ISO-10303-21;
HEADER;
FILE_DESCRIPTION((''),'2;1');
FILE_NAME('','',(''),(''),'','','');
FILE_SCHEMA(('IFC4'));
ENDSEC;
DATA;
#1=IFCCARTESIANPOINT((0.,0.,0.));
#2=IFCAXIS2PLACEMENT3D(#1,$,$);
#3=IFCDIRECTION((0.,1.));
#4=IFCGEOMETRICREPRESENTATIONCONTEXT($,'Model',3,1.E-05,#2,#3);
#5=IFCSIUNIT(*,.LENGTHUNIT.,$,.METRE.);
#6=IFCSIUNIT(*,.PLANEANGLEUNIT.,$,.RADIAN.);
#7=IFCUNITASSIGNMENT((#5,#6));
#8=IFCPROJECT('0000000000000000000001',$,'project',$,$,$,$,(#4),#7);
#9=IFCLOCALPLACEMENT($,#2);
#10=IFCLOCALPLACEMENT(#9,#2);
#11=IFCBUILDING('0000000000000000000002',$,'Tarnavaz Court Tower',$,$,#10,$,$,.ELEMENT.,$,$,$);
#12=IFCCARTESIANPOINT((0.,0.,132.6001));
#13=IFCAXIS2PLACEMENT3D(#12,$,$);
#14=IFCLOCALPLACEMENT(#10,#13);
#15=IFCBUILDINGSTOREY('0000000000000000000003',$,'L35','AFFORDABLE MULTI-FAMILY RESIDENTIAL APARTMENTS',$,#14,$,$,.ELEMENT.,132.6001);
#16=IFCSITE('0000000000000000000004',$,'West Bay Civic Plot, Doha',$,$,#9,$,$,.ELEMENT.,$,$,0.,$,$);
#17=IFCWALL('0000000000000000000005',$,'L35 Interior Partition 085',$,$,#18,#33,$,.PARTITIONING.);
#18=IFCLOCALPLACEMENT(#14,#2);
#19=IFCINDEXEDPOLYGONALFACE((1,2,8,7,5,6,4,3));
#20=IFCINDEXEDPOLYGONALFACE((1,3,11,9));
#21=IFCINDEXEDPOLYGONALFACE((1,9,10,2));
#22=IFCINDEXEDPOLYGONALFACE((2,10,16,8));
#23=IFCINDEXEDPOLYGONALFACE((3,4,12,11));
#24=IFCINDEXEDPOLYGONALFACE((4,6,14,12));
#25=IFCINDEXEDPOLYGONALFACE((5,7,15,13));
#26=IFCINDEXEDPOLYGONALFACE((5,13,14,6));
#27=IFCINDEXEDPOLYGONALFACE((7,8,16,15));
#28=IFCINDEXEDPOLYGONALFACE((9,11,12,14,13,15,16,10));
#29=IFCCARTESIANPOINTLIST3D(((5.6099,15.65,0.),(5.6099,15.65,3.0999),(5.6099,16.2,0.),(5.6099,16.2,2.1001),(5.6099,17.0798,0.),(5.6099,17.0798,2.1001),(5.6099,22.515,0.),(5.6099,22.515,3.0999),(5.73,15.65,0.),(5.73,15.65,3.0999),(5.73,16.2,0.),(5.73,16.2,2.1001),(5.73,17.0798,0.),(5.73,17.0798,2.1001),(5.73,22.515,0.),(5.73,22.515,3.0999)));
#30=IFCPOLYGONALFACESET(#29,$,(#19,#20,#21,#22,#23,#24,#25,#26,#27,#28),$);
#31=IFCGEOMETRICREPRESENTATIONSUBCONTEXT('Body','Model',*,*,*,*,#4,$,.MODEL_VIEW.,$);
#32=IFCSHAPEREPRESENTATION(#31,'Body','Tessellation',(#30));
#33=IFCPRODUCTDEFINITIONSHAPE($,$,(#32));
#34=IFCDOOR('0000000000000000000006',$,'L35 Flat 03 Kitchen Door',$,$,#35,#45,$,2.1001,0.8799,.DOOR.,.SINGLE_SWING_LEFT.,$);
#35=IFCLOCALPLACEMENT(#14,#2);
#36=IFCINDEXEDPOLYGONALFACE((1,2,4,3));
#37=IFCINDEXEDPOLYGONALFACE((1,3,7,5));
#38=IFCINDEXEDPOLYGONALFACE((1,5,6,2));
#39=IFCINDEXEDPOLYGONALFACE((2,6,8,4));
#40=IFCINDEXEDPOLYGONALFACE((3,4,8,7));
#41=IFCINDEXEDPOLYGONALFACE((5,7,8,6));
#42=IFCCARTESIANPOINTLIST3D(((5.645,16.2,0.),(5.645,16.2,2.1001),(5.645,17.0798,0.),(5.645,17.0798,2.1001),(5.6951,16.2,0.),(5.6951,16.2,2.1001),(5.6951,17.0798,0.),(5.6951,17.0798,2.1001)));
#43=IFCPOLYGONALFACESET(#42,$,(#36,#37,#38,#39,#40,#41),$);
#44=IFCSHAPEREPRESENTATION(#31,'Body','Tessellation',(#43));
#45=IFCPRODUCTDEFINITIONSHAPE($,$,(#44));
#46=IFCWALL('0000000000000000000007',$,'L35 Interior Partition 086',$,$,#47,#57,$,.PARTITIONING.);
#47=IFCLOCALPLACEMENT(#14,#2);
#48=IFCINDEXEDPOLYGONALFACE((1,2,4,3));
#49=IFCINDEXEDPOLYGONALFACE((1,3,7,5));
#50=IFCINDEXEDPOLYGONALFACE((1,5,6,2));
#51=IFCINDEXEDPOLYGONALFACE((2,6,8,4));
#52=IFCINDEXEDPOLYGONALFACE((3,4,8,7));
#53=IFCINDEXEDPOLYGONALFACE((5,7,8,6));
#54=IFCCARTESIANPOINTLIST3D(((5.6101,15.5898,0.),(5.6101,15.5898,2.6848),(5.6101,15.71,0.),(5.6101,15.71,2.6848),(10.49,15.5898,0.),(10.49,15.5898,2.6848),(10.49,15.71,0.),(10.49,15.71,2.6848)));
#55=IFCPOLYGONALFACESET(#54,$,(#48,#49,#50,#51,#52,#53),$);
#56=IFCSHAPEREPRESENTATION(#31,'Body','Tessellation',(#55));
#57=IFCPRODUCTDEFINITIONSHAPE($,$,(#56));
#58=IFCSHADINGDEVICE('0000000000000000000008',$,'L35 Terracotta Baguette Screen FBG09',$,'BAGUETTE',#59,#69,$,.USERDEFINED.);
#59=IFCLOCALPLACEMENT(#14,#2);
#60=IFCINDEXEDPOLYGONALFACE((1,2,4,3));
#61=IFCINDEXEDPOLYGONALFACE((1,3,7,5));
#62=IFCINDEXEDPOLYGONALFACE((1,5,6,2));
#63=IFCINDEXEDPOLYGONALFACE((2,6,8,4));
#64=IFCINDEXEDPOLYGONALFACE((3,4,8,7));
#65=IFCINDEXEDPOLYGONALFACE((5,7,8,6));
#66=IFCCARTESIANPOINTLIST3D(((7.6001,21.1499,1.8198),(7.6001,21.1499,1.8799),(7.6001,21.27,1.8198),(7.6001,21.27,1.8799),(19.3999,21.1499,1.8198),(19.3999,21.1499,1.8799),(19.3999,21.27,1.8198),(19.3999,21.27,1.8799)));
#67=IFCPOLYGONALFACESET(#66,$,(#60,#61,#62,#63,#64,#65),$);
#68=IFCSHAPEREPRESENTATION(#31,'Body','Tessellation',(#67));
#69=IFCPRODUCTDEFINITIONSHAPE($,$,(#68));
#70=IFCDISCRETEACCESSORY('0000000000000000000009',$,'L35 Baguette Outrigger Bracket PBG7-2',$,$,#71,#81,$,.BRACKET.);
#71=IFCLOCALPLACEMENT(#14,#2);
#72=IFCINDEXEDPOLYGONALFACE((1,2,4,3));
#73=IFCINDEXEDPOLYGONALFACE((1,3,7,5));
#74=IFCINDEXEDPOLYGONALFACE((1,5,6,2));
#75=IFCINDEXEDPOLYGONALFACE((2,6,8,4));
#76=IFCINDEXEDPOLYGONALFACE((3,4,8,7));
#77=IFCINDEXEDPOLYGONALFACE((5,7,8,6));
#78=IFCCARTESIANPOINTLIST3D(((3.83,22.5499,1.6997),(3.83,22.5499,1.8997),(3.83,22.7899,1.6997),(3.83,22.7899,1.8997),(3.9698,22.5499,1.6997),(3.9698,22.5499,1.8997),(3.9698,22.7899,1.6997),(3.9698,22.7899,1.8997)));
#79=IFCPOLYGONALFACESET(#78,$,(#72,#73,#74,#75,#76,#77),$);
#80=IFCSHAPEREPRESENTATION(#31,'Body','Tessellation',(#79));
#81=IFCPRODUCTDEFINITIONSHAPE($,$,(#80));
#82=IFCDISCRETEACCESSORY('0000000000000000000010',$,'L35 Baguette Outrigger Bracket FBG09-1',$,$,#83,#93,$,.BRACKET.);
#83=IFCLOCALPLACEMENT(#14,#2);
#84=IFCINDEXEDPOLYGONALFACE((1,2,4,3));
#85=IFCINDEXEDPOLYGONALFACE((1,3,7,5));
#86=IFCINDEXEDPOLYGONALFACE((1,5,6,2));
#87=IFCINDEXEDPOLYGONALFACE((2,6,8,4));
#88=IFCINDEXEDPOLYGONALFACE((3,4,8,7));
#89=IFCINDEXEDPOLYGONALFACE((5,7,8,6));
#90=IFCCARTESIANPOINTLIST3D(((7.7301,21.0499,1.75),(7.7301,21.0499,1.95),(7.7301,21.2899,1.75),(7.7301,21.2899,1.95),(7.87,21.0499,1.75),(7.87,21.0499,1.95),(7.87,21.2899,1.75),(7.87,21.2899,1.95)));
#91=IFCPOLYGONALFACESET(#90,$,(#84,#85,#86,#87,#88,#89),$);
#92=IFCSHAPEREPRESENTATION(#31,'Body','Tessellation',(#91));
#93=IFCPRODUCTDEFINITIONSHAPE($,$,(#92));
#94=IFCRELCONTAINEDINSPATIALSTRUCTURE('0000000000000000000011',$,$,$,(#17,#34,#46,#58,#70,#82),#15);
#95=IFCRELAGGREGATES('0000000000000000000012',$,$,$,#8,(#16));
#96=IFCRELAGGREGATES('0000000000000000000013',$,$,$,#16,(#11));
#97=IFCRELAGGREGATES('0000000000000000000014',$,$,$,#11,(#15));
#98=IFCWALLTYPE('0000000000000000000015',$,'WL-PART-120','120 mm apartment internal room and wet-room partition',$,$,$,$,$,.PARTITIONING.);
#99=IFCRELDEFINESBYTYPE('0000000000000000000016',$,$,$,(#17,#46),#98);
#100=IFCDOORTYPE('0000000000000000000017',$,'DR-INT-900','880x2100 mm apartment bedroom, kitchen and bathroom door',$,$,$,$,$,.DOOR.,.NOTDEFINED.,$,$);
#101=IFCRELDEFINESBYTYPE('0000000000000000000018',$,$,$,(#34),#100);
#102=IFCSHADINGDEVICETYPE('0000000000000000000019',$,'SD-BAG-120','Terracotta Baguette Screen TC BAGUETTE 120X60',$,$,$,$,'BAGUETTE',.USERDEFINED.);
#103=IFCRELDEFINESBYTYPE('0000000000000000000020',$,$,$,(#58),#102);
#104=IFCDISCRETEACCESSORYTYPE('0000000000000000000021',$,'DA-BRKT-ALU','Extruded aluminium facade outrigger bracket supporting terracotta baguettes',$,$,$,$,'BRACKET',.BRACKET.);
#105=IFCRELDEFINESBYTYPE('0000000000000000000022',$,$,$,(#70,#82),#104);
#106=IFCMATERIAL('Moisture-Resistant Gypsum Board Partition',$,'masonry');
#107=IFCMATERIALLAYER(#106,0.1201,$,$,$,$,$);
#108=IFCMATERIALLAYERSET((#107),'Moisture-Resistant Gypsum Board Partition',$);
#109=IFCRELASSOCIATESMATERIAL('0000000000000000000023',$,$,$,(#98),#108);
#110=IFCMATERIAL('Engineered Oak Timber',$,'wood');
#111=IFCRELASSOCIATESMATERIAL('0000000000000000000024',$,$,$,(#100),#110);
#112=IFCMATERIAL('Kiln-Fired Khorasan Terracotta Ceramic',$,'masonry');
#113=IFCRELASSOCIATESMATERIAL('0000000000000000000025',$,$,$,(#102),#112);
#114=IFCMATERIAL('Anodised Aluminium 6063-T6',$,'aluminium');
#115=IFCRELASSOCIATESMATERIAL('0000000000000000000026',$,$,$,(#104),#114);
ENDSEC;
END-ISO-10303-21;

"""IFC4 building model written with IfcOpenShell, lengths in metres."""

from ifc_helpers import new_model, si_unit, direction, frame, frame_2d, origin, origin_2d, place, context, subcontext, project, spatial, rectangle, extrude, material, layer, layer_set, material_profile, profile_set, type_object, element, fill, save


model = new_model("IFC4")

# Units and contexts
model_context = context("Model", 3, precision=1e-05, world=origin(), true_north=direction((0.0, 1.0)))
body_context = subcontext(model_context, "Body", "Model", "MODEL_VIEW")
ifc_project = project(units=[si_unit("LENGTHUNIT", "METRE"), si_unit("PLANEANGLEUNIT", "RADIAN")], contexts=[model_context])

# Site, building, storey
site_placement = place(None, origin())
site = spatial("IfcSite", under=ifc_project, at=site_placement, Name="West Bay Civic Plot, Doha", CompositionType="ELEMENT", RefElevation=0.0)
building_placement = place(site_placement, origin())
building = spatial("IfcBuilding", under=site, at=building_placement, Name="Tarnavaz Court Tower", CompositionType="ELEMENT")
storey_placement = place(building_placement, frame((0.0, 0.0, 132.6001)))
storey = spatial("IfcBuildingStorey", under=building, at=storey_placement, Name="L35", Description="AFFORDABLE MULTI-FAMILY RESIDENTIAL APARTMENTS", CompositionType="ELEMENT", Elevation=132.6001)

# Shared definitions
ifc_material_1 = material(Name="Anodised Aluminium 6063-T6", Category="aluminium")

# Wall, opening, door
ifc_material_2 = material(Name="Moisture-Resistant Gypsum Board Partition", Category="masonry")
ifc_layer_1 = layer(ifc_material_2, 0.1201)
ifc_layer_set_1 = layer_set([ifc_layer_1], Name="Moisture-Resistant Gypsum Board Partition")
wall_type_1 = type_object("IfcWallType", Name="WL-PART-120", Description="120 mm apartment internal room and wet-room partition", PredefinedType="PARTITIONING", material=ifc_layer_set_1)
wall_1_placement = place(storey_placement, frame((5.6699, 15.6499, 0.0), z_axis=(0.0, 0.0, 1.0), x_axis=(0.0, 1.0, 0.0)))
wall_1 = element("IfcWall", 1, at=wall_1_placement, inside=storey, type_object=wall_type_1, Name="L35 Interior Partition 085", PredefinedType="PARTITIONING", context=body_context, shape_type="SweptSolid", body=[
    extrude(rectangle(XDim=6.865, YDim=0.1201, at=frame_2d((3.4326, 0.0))), origin(), (0.0, 0.0, 1.0), 3.0999),
])
opening_1_placement = place(wall_1_placement, frame((0.55, 0.0, 0.0)))
opening_1 = element("IfcOpeningElement", 2, at=opening_1_placement, cuts=wall_1, PredefinedType="OPENING", context=body_context, shape_type="SweptSolid", body=[
    extrude(rectangle(XDim=0.8799, YDim=2.1001, at=frame_2d((0.4399, 1.05))), frame((0.0, 0.0701, 0.0), z_axis=(0.0, -1.0, 0.0), x_axis=(1.0, 0.0, 0.0)), (0.0, 0.0, 1.0), 0.1401),
])
ifc_material_3 = material(Name="Engineered Oak Timber", Category="wood")
door_type_1 = type_object("IfcDoorType", Name="DR-INT-900", Description="880x2100 mm apartment bedroom, kitchen and bathroom door", OperationType="NOTDEFINED", PredefinedType="DOOR", material=ifc_material_3)
door_1_placement = place(opening_1_placement, origin())
door_1 = element("IfcDoor", 3, at=door_1_placement, inside=storey, type_object=door_type_1, Name="L35 Flat 03 Kitchen Door", OperationType="SINGLE_SWING_LEFT", OverallHeight=2.1001, OverallWidth=0.8799, PredefinedType="DOOR", context=body_context, shape_type="SweptSolid", body=[
    extrude(rectangle(XDim=0.8799, YDim=2.1001, at=frame_2d((0.4399, 1.05))), frame((0.0, 0.0249, 0.0), z_axis=(0.0, -1.0, 0.0), x_axis=(1.0, 0.0, 0.0)), (0.0, 0.0, 1.0), 0.05),
])
fill(opening_1, door_1)

# Wall
wall_2_placement = place(storey_placement, frame((5.6101, 15.6499, 0.0), z_axis=(0.0, 0.0, 1.0), x_axis=(1.0, 0.0, 0.0)))
element("IfcWall", 4, at=wall_2_placement, inside=storey, type_object=wall_type_1, Name="L35 Interior Partition 086", PredefinedType="PARTITIONING", context=body_context, shape_type="SweptSolid", body=[
    extrude(rectangle(XDim=4.8799, YDim=0.1201, at=frame_2d((2.4399, 0.0))), origin(), (0.0, 0.0, 1.0), 2.6848),
])

# Shading device
ifc_material_4 = material(Name="Kiln-Fired Khorasan Terracotta Ceramic", Category="masonry")
ifc_material_profile_1 = material_profile(ifc_material_4, rectangle(XDim=0.1201, YDim=0.0601, at=origin_2d()), Name="TC BAGUETTE 120X60")
ifc_profile_set_1 = profile_set([ifc_material_profile_1], Name="Kiln-Fired Khorasan Terracotta Ceramic")
shading_device_type = type_object("IfcShadingDeviceType", Name="SD-BAG-120", Description="Terracotta Baguette Screen TC BAGUETTE 120X60", ElementType="BAGUETTE", PredefinedType="USERDEFINED", material=ifc_profile_set_1)
shading_device_placement = place(storey_placement, frame((7.6001, 21.21, 1.8499), z_axis=(1.0, 0.0, 0.0), x_axis=(0.0, 1.0, 0.0)))
element("IfcShadingDevice", 5, at=shading_device_placement, inside=storey, type_object=shading_device_type, Name="L35 Terracotta Baguette Screen FBG09", ObjectType="BAGUETTE", PredefinedType="USERDEFINED", context=body_context, shape_type="SweptSolid", body=[
    extrude(rectangle(XDim=0.1201, YDim=0.0601, at=origin_2d()), origin(), (0.0, 0.0, 1.0), 11.7998),
])

# Discrete accessories
discrete_accessory_type = type_object("IfcDiscreteAccessoryType", Name="DA-BRKT-ALU", Description="Extruded aluminium facade outrigger bracket supporting terracotta baguettes", ElementType="BRACKET", PredefinedType="BRACKET", material=ifc_material_1)
for number, where, z_axis, x_axis, name in (
    (6, (3.8999, 22.6699, 1.6997), (0.0, 0.0, 1.0), (1.0, 0.0, 0.0), "L35 Baguette Outrigger Bracket PBG7-2"),
    (7, (7.8, 21.1699, 1.75), (0.0, 0.0, 1.0), (1.0, 0.0, 0.0), "L35 Baguette Outrigger Bracket FBG09-1"),
):
    element("IfcDiscreteAccessory", number, at=place(storey_placement, frame(where, z_axis=z_axis, x_axis=x_axis)), inside=storey, type_object=discrete_accessory_type, Name=name, PredefinedType="BRACKET", context=body_context, shape_type="SweptSolid", body=[
        extrude(rectangle(XDim=0.1399, YDim=0.24, at=origin_2d()), origin(), (0.0, 0.0, 1.0), 0.2),
    ])

save(model, "model.ifc")
